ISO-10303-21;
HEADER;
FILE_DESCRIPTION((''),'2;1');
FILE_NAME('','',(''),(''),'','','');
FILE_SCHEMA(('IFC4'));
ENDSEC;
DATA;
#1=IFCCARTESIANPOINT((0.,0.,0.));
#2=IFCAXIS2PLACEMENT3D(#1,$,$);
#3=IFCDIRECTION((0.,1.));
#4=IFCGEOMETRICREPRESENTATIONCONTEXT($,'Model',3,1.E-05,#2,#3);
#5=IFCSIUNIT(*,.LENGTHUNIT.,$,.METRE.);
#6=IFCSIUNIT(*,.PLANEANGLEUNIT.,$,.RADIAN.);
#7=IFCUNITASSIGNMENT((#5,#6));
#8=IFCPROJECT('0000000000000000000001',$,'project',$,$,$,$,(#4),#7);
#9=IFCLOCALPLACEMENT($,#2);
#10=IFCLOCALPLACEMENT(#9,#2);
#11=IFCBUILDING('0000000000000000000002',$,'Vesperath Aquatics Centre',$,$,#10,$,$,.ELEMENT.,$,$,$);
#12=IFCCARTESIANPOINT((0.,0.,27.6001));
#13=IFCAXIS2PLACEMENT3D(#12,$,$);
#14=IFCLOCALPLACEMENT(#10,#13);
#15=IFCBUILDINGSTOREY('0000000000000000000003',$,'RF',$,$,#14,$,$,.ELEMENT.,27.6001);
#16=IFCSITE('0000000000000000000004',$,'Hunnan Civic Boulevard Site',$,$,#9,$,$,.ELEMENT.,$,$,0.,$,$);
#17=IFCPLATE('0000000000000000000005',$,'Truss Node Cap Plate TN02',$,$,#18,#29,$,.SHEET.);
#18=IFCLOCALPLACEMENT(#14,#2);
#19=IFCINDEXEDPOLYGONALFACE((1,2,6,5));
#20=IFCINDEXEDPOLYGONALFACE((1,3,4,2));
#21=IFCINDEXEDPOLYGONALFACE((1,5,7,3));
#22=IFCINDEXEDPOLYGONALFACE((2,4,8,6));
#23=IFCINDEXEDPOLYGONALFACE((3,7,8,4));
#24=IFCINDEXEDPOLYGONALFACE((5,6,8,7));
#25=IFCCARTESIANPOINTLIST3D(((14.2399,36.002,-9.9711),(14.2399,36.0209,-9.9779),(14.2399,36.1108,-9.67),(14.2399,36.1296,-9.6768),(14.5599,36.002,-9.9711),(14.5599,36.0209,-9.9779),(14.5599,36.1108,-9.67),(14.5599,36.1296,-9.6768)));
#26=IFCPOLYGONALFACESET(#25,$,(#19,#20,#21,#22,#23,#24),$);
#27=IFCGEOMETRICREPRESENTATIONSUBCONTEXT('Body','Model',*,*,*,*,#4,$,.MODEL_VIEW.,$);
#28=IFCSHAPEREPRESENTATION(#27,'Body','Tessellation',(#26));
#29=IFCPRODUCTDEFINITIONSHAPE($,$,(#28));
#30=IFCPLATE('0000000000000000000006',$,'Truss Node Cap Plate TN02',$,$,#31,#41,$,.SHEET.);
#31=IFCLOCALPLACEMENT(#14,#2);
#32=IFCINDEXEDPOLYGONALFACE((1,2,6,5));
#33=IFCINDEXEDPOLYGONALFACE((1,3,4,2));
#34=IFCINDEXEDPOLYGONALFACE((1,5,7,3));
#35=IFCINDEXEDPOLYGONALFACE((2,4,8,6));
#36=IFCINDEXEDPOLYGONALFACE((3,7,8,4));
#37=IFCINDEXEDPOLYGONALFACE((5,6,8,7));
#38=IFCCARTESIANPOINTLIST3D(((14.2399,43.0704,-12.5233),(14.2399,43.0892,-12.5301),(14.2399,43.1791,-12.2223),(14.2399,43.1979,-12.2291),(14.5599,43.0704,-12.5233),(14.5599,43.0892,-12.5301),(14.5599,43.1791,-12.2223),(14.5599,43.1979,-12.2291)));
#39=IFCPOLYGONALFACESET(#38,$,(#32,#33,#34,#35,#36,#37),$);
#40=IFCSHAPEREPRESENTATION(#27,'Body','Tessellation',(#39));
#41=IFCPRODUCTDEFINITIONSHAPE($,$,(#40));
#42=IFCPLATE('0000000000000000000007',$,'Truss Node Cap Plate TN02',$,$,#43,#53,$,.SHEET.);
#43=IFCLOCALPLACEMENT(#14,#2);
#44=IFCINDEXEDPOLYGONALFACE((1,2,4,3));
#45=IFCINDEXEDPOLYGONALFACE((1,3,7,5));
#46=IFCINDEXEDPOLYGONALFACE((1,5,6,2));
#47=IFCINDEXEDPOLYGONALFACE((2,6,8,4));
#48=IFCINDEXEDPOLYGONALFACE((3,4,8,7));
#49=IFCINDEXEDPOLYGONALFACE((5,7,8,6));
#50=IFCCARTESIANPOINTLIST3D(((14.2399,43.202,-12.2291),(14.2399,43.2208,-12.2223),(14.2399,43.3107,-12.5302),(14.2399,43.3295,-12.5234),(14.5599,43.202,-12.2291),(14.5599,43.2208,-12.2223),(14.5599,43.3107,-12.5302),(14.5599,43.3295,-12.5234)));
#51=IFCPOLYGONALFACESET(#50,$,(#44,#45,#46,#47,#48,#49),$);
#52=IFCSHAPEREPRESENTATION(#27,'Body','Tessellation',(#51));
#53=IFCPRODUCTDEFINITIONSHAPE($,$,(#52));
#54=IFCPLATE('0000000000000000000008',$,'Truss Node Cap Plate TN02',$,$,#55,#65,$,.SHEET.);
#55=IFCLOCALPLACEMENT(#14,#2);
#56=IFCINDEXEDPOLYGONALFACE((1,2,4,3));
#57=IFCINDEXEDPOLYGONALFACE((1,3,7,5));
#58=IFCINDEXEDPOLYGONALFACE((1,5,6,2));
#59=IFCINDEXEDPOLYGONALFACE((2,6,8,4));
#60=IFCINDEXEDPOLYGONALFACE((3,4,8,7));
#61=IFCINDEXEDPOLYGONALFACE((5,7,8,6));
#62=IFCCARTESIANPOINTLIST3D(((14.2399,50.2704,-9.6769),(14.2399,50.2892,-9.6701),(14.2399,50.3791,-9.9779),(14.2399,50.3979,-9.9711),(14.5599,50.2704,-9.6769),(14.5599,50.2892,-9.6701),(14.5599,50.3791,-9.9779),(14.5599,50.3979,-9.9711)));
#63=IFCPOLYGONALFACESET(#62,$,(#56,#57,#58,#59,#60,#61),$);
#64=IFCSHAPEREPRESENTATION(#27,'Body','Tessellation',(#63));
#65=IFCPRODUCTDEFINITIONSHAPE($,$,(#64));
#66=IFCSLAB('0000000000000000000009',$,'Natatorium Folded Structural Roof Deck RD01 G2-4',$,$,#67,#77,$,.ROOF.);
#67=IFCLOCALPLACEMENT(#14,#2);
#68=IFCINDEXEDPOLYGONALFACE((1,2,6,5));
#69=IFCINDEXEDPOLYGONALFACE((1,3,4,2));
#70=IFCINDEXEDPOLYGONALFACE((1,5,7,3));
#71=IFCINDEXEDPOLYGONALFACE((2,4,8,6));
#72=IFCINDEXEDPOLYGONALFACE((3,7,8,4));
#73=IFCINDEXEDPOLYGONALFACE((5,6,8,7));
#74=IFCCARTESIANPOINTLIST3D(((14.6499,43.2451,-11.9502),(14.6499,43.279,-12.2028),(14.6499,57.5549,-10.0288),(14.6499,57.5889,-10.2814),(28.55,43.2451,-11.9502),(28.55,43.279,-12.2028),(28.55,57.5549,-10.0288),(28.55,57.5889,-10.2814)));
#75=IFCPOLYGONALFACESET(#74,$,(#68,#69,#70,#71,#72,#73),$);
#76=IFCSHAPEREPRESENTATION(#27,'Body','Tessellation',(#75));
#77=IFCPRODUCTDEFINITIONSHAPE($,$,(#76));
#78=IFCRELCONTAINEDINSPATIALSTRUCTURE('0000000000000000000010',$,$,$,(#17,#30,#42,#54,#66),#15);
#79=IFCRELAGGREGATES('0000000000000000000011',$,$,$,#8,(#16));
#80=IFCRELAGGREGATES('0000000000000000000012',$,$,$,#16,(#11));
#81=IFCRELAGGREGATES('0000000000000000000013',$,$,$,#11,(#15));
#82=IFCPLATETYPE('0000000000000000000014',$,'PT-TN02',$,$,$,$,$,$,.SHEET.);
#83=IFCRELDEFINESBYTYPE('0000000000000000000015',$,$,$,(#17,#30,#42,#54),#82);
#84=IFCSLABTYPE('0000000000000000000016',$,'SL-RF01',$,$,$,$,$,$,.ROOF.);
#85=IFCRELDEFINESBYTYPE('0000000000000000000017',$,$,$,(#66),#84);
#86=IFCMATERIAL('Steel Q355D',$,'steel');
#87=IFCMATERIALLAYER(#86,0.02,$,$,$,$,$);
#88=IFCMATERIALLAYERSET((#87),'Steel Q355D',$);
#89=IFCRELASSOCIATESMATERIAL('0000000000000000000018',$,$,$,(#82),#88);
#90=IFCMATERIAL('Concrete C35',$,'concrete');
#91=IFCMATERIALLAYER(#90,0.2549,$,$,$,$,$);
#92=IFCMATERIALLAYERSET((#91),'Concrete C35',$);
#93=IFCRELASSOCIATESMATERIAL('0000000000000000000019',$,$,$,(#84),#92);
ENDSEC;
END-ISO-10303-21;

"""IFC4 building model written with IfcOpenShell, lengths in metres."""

from ifc_helpers import new_model, si_unit, direction, frame, origin, origin_2d, place, context, subcontext, project, spatial, polyline, rectangle, outline, extrude, material, layer, layer_set, type_object, element, save


model = new_model("IFC4")

# Units and contexts
model_context = context("Model", 3, precision=1e-05, world=origin(), true_north=direction((0.0, 1.0)))
body_context = subcontext(model_context, "Body", "Model", "MODEL_VIEW")
ifc_project = project(units=[si_unit("LENGTHUNIT", "METRE"), si_unit("PLANEANGLEUNIT", "RADIAN")], contexts=[model_context])

# Site, building, storey
site_placement = place(None, origin())
site = spatial("IfcSite", under=ifc_project, at=site_placement, Name="Hunnan Civic Boulevard Site", CompositionType="ELEMENT", RefElevation=0.0)
building_placement = place(site_placement, origin())
building = spatial("IfcBuilding", under=site, at=building_placement, Name="Vesperath Aquatics Centre", CompositionType="ELEMENT")
storey_placement = place(building_placement, frame((0.0, 0.0, 27.6001)))
storey = spatial("IfcBuildingStorey", under=building, at=storey_placement, Name="RF", CompositionType="ELEMENT", Elevation=27.6001)

# Shared definitions
ifc_material_1 = material(Name="Steel Q355D", Category="steel")

# Plates
ifc_layer_1 = layer(ifc_material_1, 0.02)
ifc_layer_set_1 = layer_set([ifc_layer_1], Name="Steel Q355D")
plate_type = type_object("IfcPlateType", Name="PT-TN02", PredefinedType="SHEET", material=ifc_layer_set_1)
for number, where, z_axis, x_axis, name in (
    (1, (14.3999, 36.0564, -9.8206), (0.0, 0.940554, -0.339644), (-1.0, 0.0, 0.0), "Truss Node Cap Plate TN02"),
    (2, (14.3999, 43.1248, -12.3728), (0.0, 0.940554, -0.339644), (-1.0, 0.0, 0.0), "Truss Node Cap Plate TN02"),
    (3, (14.3999, 43.2563, -12.3796), (0.0, 0.940554, 0.339644), (-1.0, 0.0, 0.0), "Truss Node Cap Plate TN02"),
    (4, (14.3999, 50.3247, -9.8274), (0.0, 0.940554, 0.339644), (-1.0, 0.0, 0.0), "Truss Node Cap Plate TN02"),
):
    element("IfcPlate", number, at=place(storey_placement, frame(where, z_axis=z_axis, x_axis=x_axis)), inside=storey, type_object=plate_type, Name=name, PredefinedType="SHEET", context=body_context, shape_type="SweptSolid", body=[
        extrude(rectangle(XDim=0.3201, YDim=0.3201, at=origin_2d()), origin(), (0.0, 0.0, 1.0), 0.02),
    ])

# Slab
ifc_material_2 = material(Name="Concrete C35", Category="concrete")
ifc_layer_2 = layer(ifc_material_2, 0.2549)
ifc_layer_set_2 = layer_set([ifc_layer_2], Name="Concrete C35")
slab_type = type_object("IfcSlabType", Name="SL-RF01", PredefinedType="ROOF", material=ifc_layer_set_2)
slab_placement = place(storey_placement, frame((14.6499, 43.2451, -11.9502), z_axis=(0.0, -0.133076, 0.991106), x_axis=(1.0, 0.0, 0.0)))
element("IfcSlab", 5, at=slab_placement, inside=storey, type_object=slab_type, Name="Natatorium Folded Structural Roof Deck RD01 G2-4", PredefinedType="ROOF", context=body_context, shape_type="SweptSolid", body=[
    extrude(outline(polyline([(0.0, 0.0), (13.9001, 0.0), (13.9001, 14.4382), (0.0, 14.4382), (0.0, 0.0)])), origin(), (0.0, 0.0, -1.0), 0.2549),
])

save(model, "model.ifc")
